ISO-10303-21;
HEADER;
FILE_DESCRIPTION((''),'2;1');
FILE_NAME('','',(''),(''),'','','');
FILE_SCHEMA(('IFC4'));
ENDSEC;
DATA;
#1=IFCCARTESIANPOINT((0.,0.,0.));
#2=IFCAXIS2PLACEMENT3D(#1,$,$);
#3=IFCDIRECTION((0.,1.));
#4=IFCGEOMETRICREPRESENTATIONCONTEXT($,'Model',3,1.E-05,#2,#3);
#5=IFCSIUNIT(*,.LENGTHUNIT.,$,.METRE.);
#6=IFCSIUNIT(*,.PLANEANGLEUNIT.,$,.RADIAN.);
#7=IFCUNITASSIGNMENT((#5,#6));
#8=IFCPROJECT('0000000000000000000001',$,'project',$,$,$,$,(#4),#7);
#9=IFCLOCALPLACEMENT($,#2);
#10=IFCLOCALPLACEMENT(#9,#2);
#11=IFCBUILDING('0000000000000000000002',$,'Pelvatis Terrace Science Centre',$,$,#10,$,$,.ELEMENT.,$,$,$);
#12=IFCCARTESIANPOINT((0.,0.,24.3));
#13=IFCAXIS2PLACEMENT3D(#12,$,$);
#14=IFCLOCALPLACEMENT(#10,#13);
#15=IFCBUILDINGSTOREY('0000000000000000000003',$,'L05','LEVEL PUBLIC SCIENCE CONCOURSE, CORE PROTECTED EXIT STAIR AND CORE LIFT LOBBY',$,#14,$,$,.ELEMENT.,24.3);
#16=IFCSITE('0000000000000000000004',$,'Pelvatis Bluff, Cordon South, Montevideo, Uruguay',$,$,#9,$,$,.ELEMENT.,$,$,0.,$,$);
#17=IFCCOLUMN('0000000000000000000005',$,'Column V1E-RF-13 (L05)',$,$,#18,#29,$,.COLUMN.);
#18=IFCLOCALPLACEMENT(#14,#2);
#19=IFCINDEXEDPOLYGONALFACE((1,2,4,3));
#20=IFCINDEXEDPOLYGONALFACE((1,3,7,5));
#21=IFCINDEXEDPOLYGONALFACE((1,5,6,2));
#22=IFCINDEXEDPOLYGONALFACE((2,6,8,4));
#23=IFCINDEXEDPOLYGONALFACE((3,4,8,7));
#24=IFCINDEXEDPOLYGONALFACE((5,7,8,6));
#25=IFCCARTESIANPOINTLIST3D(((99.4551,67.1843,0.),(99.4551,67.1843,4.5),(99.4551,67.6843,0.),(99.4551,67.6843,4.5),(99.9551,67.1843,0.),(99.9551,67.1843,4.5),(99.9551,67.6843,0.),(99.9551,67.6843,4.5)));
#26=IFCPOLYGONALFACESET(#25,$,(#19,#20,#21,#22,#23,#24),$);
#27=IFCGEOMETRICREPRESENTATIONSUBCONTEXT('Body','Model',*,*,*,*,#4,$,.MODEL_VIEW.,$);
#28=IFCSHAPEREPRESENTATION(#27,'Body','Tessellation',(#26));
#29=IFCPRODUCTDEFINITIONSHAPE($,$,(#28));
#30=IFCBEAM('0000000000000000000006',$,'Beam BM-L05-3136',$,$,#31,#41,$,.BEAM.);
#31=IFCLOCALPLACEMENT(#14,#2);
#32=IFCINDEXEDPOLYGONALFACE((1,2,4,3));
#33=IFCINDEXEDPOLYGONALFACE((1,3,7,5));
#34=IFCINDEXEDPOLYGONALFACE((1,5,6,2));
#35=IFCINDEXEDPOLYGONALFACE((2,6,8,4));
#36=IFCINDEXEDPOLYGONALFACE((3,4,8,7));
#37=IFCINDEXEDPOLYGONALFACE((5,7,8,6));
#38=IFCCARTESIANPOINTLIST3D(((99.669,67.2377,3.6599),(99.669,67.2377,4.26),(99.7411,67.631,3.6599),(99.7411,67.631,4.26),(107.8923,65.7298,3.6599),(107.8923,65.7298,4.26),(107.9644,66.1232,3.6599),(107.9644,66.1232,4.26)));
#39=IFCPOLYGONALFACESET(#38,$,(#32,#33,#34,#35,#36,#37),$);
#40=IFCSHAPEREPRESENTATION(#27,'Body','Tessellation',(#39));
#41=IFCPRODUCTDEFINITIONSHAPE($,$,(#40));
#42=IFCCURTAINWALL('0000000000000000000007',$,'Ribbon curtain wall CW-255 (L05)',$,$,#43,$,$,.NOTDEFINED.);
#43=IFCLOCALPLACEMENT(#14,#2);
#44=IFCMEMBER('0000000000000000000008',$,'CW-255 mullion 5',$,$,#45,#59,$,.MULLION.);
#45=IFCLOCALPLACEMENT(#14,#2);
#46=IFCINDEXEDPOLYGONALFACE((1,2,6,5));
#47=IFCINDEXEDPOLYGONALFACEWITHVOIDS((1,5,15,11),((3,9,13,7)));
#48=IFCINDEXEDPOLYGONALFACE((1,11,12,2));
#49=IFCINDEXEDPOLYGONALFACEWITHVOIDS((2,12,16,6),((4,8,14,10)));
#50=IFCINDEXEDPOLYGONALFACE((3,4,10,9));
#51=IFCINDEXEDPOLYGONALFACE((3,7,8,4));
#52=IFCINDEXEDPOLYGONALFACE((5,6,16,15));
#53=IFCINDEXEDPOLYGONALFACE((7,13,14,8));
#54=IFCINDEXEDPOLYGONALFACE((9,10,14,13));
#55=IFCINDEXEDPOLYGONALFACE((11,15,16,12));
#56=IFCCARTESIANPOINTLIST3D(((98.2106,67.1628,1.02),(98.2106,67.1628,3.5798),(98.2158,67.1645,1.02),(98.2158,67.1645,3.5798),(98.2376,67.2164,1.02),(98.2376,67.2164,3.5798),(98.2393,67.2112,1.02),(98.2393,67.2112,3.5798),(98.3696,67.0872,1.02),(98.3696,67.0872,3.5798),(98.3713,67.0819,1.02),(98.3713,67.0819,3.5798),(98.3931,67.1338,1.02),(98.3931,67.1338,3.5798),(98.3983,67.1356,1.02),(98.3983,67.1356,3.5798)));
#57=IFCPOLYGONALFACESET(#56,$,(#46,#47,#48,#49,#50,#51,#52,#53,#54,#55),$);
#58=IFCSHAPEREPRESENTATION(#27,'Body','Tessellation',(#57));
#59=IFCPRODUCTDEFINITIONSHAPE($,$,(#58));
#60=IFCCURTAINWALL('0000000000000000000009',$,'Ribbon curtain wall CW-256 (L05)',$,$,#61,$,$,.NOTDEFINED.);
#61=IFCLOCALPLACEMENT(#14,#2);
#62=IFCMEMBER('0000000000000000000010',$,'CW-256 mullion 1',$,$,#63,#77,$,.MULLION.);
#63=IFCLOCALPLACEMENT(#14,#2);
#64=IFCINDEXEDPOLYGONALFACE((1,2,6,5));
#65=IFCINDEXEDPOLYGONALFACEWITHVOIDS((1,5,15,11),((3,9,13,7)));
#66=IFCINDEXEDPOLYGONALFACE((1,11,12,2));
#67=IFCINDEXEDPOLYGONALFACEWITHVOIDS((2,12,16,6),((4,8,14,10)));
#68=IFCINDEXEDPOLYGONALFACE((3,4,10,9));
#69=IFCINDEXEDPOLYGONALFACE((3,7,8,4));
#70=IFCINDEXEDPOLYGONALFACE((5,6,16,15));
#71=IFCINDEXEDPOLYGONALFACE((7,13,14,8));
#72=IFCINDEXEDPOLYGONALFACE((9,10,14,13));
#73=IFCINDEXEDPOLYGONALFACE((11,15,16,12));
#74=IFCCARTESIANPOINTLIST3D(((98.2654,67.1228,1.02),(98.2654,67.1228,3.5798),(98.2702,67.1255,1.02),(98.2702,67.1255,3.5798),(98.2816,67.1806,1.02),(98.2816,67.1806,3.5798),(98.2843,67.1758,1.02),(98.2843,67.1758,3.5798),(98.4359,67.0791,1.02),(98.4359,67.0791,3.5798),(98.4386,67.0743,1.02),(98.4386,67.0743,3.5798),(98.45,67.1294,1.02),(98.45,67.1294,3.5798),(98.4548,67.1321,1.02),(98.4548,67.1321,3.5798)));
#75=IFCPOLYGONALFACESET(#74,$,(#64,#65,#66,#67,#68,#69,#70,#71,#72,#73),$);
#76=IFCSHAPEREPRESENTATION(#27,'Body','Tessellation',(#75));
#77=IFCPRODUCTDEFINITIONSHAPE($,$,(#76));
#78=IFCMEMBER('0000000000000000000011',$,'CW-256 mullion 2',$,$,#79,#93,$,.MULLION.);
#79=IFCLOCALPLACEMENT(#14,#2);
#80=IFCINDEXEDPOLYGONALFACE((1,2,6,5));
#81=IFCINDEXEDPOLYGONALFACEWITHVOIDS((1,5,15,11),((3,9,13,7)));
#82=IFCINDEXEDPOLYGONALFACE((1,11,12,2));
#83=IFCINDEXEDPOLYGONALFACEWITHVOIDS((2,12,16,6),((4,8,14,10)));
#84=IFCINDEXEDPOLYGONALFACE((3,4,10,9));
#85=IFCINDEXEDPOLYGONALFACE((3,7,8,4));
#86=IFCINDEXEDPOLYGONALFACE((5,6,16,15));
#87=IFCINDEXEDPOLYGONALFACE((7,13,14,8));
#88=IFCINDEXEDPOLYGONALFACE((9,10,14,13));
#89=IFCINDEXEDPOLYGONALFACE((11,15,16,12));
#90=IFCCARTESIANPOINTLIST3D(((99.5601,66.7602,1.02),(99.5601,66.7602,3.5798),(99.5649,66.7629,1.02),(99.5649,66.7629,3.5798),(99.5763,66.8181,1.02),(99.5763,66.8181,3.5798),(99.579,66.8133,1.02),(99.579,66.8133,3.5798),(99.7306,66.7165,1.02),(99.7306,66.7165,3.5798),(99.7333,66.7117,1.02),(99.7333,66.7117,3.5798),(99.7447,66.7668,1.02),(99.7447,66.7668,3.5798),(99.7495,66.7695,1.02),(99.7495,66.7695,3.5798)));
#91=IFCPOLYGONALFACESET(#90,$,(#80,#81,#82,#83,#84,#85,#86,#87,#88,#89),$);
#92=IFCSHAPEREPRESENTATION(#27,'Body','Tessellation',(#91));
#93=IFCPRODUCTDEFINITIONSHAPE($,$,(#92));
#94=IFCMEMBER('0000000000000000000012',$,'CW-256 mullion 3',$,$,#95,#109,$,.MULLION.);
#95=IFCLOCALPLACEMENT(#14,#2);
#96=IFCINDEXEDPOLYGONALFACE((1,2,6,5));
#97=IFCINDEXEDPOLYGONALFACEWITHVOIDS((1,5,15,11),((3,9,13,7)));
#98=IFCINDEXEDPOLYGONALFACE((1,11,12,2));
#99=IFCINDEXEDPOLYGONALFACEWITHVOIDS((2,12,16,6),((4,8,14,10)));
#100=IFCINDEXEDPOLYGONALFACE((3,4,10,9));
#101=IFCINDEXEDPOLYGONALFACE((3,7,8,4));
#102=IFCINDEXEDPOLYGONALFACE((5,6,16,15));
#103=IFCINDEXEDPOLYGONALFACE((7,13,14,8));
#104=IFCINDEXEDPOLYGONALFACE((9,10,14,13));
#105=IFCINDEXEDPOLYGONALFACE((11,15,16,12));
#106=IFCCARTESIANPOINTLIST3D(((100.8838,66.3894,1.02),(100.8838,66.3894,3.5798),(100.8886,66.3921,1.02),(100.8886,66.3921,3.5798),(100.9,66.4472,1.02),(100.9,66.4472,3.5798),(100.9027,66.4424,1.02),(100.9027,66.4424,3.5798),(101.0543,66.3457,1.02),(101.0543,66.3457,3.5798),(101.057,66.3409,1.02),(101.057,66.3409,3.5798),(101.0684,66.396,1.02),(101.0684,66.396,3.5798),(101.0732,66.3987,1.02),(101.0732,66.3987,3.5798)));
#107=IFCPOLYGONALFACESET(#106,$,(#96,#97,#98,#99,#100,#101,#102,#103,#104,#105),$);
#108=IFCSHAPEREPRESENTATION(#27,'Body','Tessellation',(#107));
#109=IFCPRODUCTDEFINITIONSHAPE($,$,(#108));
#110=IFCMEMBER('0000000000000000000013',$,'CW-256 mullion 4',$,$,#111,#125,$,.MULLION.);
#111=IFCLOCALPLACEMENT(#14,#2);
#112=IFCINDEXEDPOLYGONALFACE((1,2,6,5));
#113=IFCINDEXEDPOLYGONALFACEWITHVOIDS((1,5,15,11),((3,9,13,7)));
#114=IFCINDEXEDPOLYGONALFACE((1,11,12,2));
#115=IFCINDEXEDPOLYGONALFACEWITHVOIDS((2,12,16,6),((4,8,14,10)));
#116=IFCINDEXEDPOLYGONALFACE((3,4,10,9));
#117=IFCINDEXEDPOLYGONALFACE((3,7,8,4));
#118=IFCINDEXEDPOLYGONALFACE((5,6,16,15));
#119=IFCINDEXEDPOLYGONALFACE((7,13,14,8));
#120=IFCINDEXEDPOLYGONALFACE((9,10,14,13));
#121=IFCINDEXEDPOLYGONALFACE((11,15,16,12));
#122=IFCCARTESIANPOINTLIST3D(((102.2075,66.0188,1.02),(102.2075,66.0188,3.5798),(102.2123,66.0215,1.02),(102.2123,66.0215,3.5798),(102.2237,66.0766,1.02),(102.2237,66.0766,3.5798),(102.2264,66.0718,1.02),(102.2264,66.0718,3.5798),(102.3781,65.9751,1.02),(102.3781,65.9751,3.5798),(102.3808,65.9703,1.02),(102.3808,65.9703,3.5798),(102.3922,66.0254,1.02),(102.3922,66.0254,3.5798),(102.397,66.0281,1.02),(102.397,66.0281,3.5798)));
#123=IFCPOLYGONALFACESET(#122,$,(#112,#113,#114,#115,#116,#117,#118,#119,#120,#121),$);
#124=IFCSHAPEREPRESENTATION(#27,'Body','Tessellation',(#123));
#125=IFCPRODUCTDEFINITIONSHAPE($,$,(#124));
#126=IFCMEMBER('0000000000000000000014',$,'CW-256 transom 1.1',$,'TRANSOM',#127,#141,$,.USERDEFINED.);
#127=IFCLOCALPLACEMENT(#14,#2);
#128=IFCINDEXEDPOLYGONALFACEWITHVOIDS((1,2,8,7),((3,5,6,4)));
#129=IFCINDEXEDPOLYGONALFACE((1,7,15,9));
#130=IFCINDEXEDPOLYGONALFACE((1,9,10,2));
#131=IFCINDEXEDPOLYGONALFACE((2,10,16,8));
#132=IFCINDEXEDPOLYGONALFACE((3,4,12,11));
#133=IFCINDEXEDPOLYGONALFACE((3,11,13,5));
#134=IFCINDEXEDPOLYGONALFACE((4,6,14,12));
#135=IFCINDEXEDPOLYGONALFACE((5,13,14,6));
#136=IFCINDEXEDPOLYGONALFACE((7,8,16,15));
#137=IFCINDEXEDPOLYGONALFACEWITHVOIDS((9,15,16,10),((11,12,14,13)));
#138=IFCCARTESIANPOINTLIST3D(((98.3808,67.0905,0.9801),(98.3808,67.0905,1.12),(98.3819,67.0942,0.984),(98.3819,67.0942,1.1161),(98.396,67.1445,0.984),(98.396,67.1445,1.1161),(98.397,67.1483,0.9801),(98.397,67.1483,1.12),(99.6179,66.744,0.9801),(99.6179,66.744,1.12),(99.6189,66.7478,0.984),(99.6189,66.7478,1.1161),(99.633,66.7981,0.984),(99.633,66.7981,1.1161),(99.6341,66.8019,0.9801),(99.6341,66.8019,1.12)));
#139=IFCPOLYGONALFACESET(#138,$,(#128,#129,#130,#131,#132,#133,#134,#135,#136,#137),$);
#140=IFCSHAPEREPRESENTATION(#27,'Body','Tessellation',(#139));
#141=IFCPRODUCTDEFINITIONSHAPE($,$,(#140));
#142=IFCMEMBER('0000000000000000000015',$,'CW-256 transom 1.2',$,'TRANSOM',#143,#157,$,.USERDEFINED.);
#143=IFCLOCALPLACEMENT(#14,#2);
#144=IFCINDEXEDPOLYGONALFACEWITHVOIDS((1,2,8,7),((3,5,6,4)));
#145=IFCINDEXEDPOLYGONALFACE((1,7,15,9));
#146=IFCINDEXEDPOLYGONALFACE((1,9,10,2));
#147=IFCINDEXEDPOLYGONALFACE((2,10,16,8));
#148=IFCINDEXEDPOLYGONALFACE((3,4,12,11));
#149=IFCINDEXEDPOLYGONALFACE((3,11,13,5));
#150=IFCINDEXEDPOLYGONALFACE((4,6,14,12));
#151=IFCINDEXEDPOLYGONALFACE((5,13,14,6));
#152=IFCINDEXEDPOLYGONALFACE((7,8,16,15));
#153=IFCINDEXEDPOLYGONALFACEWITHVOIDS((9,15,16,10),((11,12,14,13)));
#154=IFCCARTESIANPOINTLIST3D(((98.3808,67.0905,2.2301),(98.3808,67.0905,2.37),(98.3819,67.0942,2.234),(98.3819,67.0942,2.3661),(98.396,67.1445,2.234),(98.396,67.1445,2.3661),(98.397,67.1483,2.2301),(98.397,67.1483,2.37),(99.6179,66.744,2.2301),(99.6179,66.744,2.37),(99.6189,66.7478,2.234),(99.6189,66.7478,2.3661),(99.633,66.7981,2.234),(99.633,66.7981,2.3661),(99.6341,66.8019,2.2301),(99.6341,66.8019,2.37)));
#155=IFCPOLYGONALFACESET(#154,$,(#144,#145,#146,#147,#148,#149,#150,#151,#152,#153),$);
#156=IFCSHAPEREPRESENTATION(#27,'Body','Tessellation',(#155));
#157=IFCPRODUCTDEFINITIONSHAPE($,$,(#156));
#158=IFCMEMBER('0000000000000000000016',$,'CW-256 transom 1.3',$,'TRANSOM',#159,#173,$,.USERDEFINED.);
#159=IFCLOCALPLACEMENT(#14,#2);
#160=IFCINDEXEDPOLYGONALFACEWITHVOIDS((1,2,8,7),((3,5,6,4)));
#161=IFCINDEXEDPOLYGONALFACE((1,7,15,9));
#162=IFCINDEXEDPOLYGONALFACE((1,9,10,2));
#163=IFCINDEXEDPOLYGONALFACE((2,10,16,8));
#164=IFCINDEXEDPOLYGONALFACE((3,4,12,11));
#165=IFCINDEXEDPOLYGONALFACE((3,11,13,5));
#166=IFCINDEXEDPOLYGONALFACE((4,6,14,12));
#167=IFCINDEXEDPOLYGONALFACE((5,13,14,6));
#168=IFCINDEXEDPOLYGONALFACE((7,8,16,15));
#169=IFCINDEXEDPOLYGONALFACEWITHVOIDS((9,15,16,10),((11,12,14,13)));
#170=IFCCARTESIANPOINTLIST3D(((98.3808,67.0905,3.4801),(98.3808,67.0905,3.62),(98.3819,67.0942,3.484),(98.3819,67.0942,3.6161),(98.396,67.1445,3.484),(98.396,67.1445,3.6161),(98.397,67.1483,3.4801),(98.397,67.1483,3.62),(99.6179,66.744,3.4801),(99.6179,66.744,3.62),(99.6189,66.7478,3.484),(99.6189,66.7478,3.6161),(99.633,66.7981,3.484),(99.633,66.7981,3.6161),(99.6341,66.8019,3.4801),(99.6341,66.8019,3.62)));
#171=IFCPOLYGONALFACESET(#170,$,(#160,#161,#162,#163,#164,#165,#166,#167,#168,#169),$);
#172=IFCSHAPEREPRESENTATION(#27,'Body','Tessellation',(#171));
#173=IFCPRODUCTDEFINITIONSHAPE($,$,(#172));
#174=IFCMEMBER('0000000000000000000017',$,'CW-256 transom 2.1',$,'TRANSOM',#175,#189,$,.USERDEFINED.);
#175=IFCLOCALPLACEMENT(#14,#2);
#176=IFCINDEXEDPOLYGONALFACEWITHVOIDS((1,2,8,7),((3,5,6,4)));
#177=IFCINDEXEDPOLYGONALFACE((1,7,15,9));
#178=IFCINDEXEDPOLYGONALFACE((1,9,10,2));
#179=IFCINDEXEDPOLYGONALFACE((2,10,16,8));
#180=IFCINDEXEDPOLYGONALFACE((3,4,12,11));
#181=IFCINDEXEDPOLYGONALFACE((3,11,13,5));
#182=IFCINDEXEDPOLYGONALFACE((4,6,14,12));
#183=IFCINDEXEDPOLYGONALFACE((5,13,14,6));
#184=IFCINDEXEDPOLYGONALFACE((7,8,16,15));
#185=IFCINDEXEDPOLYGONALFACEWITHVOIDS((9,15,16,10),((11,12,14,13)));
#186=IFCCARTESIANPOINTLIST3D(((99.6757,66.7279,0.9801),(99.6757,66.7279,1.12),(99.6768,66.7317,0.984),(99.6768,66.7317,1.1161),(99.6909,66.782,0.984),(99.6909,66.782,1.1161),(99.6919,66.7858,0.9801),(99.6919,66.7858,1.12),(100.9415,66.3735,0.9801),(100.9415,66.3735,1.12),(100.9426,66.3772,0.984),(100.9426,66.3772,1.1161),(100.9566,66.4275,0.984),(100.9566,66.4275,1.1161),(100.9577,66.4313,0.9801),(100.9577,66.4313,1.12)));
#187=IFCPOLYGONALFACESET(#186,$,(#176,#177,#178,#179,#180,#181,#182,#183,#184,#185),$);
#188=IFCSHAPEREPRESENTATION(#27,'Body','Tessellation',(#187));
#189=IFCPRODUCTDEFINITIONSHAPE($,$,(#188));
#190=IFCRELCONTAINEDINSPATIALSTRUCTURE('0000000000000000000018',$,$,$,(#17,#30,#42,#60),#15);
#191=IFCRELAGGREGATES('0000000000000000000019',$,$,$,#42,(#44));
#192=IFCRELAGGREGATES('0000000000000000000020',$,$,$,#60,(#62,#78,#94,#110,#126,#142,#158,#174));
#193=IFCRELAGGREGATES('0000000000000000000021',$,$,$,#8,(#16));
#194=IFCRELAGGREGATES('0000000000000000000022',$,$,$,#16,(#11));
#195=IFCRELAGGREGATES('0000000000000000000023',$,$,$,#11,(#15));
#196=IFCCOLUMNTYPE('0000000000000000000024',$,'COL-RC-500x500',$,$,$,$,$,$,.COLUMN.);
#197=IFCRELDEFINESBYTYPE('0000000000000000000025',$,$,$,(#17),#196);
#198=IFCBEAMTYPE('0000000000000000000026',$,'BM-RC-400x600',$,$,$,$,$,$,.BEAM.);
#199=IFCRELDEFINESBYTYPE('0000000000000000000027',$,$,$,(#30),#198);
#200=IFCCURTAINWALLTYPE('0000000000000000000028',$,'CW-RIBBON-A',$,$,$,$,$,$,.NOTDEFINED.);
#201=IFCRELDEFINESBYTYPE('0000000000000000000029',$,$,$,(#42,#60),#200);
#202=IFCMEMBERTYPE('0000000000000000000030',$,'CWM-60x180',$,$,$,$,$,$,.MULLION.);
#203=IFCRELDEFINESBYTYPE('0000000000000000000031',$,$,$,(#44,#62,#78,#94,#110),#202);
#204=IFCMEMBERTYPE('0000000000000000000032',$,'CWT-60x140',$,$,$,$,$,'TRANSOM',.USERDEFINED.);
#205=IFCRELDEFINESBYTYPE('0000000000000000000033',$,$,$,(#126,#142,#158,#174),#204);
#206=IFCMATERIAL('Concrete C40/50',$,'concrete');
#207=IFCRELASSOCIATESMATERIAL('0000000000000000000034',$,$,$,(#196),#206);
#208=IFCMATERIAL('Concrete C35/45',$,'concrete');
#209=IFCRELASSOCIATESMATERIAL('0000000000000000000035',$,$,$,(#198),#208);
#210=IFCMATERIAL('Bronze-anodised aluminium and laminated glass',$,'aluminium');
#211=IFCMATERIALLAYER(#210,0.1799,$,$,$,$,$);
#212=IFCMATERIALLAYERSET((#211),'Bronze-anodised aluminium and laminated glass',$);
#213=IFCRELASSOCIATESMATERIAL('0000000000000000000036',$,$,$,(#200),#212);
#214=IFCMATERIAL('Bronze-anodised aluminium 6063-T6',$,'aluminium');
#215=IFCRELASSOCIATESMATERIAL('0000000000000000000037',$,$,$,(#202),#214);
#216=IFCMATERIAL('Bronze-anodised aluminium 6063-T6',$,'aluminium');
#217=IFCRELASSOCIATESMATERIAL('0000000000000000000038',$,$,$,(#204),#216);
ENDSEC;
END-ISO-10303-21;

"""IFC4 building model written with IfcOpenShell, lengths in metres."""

from ifc_helpers import new_model, si_unit, direction, frame, origin, origin_2d, place, context, subcontext, project, spatial, rectangle, hollow_rectangle, extrude, material, layer, layer_set, material_profile, profile_set, type_object, element, aggregate, save


model = new_model("IFC4")

# Units and contexts
model_context = context("Model", 3, precision=1e-05, world=origin(), true_north=direction((0.0, 1.0)))
body_context = subcontext(model_context, "Body", "Model", "MODEL_VIEW")
ifc_project = project(units=[si_unit("LENGTHUNIT", "METRE"), si_unit("PLANEANGLEUNIT", "RADIAN")], contexts=[model_context])

# Site, building, storey
site_placement = place(None, origin())
site = spatial("IfcSite", under=ifc_project, at=site_placement, Name="Pelvatis Bluff, Cordon South, Montevideo, Uruguay", CompositionType="ELEMENT", RefElevation=0.0)
building_placement = place(site_placement, origin())
building = spatial("IfcBuilding", under=site, at=building_placement, Name="Pelvatis Terrace Science Centre", CompositionType="ELEMENT")
storey_placement = place(building_placement, frame((0.0, 0.0, 24.3)))
storey = spatial("IfcBuildingStorey", under=building, at=storey_placement, Name="L05", Description="LEVEL PUBLIC SCIENCE CONCOURSE, CORE PROTECTED EXIT STAIR AND CORE LIFT LOBBY", CompositionType="ELEMENT", Elevation=24.3)

# Column
ifc_material_1 = material(Name="Concrete C40/50", Category="concrete")
ifc_material_profile_1 = material_profile(ifc_material_1, rectangle(XDim=0.5, YDim=0.5, at=origin_2d()), Name="RC-COL 500x500")
ifc_profile_set_1 = profile_set([ifc_material_profile_1], Name="Concrete C40/50")
column_type = type_object("IfcColumnType", Name="COL-RC-500x500", PredefinedType="COLUMN", material=ifc_profile_set_1)
column_placement = place(storey_placement, frame((99.7051, 67.4343, 0.0), z_axis=(0.0, 0.0, 1.0), x_axis=(1.0, 0.0, 0.0)))
element("IfcColumn", 1, at=column_placement, inside=storey, type_object=column_type, Name="Column V1E-RF-13 (L05)", PredefinedType="COLUMN", context=body_context, shape_type="SweptSolid", body=[
    extrude(rectangle(XDim=0.5, YDim=0.5, at=origin_2d()), origin(), (0.0, 0.0, 1.0), 4.5),
])

# Beam
ifc_material_2 = material(Name="Concrete C35/45", Category="concrete")
ifc_material_profile_2 = material_profile(ifc_material_2, rectangle(XDim=0.3999, YDim=0.6001, at=origin_2d()), Name="RC-BM 400x600")
ifc_profile_set_2 = profile_set([ifc_material_profile_2], Name="Concrete C35/45")
beam_type = type_object("IfcBeamType", Name="BM-RC-400x600", PredefinedType="BEAM", material=ifc_profile_set_2)
beam_placement = place(storey_placement, frame((99.7051, 67.4343, 3.96), z_axis=(0.983602, -0.180355, 0.0), x_axis=(0.180355, 0.983602, 0.0)))
element("IfcBeam", 2, at=beam_placement, inside=storey, type_object=beam_type, Name="Beam BM-L05-3136", PredefinedType="BEAM", context=body_context, shape_type="SweptSolid", body=[
    extrude(rectangle(XDim=0.3999, YDim=0.6001, at=origin_2d()), origin(), (0.0, 0.0, 1.0), 8.3604),
])

# Curtain wall, member
ifc_material_3 = material(Name="Bronze-anodised aluminium and laminated glass", Category="aluminium")
ifc_layer_1 = layer(ifc_material_3, 0.1799)
ifc_layer_set_1 = layer_set([ifc_layer_1], Name="Bronze-anodised aluminium and laminated glass")
curtain_wall_type = type_object("IfcCurtainWallType", Name="CW-RIBBON-A", PredefinedType="NOTDEFINED", material=ifc_layer_set_1)
curtain_wall_1_placement = place(storey_placement, origin())
curtain_wall_1 = element("IfcCurtainWall", 3, at=curtain_wall_1_placement, inside=storey, type_object=curtain_wall_type, Name="Ribbon curtain wall CW-255 (L05)", PredefinedType="NOTDEFINED")
ifc_material_4 = material(Name="Bronze-anodised aluminium 6063-T6", Category="aluminium")
ifc_material_profile_3 = material_profile(ifc_material_4, hollow_rectangle(XDim=0.0601, YDim=0.1799, WallThickness=0.0039, at=origin_2d()), Name="ALU-MUL 60x180")
ifc_profile_set_3 = profile_set([ifc_material_profile_3], Name="Bronze-anodised aluminium 6063-T6")
member_type_1 = type_object("IfcMemberType", Name="CWM-60x180", PredefinedType="MULLION", material=ifc_profile_set_3)
member_1_placement = place(storey_placement, frame((98.3044, 67.1492, 1.02), z_axis=(0.0, 0.0, 1.0), x_axis=(0.449304, 0.893379, 0.0)))
member_1 = element("IfcMember", 4, at=member_1_placement, type_object=member_type_1, Name="CW-255 mullion 5", PredefinedType="MULLION", context=body_context, shape_type="SweptSolid", body=[
    extrude(hollow_rectangle(XDim=0.0601, YDim=0.1799, WallThickness=0.0039, at=origin_2d()), origin(), (0.0, 0.0, 1.0), 2.5598),
])
aggregate(curtain_wall_1, [member_1])

# Curtain wall, members
curtain_wall_2_placement = place(storey_placement, origin())
curtain_wall_2 = element("IfcCurtainWall", 5, at=curtain_wall_2_placement, inside=storey, type_object=curtain_wall_type, Name="Ribbon curtain wall CW-256 (L05)", PredefinedType="NOTDEFINED")
member_2_placement = place(storey_placement, frame((98.3601, 67.1274, 1.02), z_axis=(0.0, 0.0, 1.0), x_axis=(0.269695, 0.962946, 0.0)))
member_2 = element("IfcMember", 6, at=member_2_placement, type_object=member_type_1, Name="CW-256 mullion 1", PredefinedType="MULLION", context=body_context, shape_type="SweptSolid", body=[
    extrude(hollow_rectangle(XDim=0.0601, YDim=0.1799, WallThickness=0.0039, at=origin_2d()), origin(), (0.0, 0.0, 1.0), 2.5598),
])
member_3_placement = place(storey_placement, frame((99.6548, 66.7649, 1.02), z_axis=(0.0, 0.0, 1.0), x_axis=(0.269695, 0.962946, 0.0)))
member_3 = element("IfcMember", 7, at=member_3_placement, type_object=member_type_1, Name="CW-256 mullion 2", PredefinedType="MULLION", context=body_context, shape_type="SweptSolid", body=[
    extrude(hollow_rectangle(XDim=0.0601, YDim=0.1799, WallThickness=0.0039, at=origin_2d()), origin(), (0.0, 0.0, 1.0), 2.5598),
])
member_4_placement = place(storey_placement, frame((100.9785, 66.394, 1.02), z_axis=(0.0, 0.0, 1.0), x_axis=(0.269695, 0.962946, 0.0)))
member_4 = element("IfcMember", 8, at=member_4_placement, type_object=member_type_1, Name="CW-256 mullion 3", PredefinedType="MULLION", context=body_context, shape_type="SweptSolid", body=[
    extrude(hollow_rectangle(XDim=0.0601, YDim=0.1799, WallThickness=0.0039, at=origin_2d()), origin(), (0.0, 0.0, 1.0), 2.5598),
])
member_5_placement = place(storey_placement, frame((102.3022, 66.0234, 1.02), z_axis=(0.0, 0.0, 1.0), x_axis=(0.269695, 0.962946, 0.0)))
member_5 = element("IfcMember", 9, at=member_5_placement, type_object=member_type_1, Name="CW-256 mullion 4", PredefinedType="MULLION", context=body_context, shape_type="SweptSolid", body=[
    extrude(hollow_rectangle(XDim=0.0601, YDim=0.1799, WallThickness=0.0039, at=origin_2d()), origin(), (0.0, 0.0, 1.0), 2.5598),
])
ifc_material_5 = material(Name="Bronze-anodised aluminium 6063-T6", Category="aluminium")
ifc_material_profile_4 = material_profile(ifc_material_5, hollow_rectangle(XDim=0.0601, YDim=0.1399, WallThickness=0.0039, at=origin_2d()), Name="ALU-TRN 60x140")
ifc_profile_set_4 = profile_set([ifc_material_profile_4], Name="Bronze-anodised aluminium 6063-T6")
member_type_2 = type_object("IfcMemberType", Name="CWT-60x140", ElementType="TRANSOM", PredefinedType="USERDEFINED", material=ifc_profile_set_4)
member_6_placement = place(storey_placement, frame((98.3889, 67.1194, 1.05), z_axis=(0.962952, -0.269672, 0.0), x_axis=(0.269672, 0.962952, 0.0)))
member_6 = element("IfcMember", 10, at=member_6_placement, type_object=member_type_2, Name="CW-256 transom 1.1", ObjectType="TRANSOM", PredefinedType="USERDEFINED", context=body_context, shape_type="SweptSolid", body=[
    extrude(hollow_rectangle(XDim=0.0601, YDim=0.1399, WallThickness=0.0039, at=origin_2d()), origin(), (0.0, 0.0, 1.0), 1.2847),
])
member_7_placement = place(storey_placement, frame((98.3889, 67.1194, 2.3), z_axis=(0.962952, -0.269672, 0.0), x_axis=(0.269672, 0.962952, 0.0)))
member_7 = element("IfcMember", 11, at=member_7_placement, type_object=member_type_2, Name="CW-256 transom 1.2", ObjectType="TRANSOM", PredefinedType="USERDEFINED", context=body_context, shape_type="SweptSolid", body=[
    extrude(hollow_rectangle(XDim=0.0601, YDim=0.1399, WallThickness=0.0039, at=origin_2d()), origin(), (0.0, 0.0, 1.0), 1.2847),
])
member_8_placement = place(storey_placement, frame((98.3889, 67.1194, 3.55), z_axis=(0.962952, -0.269672, 0.0), x_axis=(0.269672, 0.962952, 0.0)))
member_8 = element("IfcMember", 12, at=member_8_placement, type_object=member_type_2, Name="CW-256 transom 1.3", ObjectType="TRANSOM", PredefinedType="USERDEFINED", context=body_context, shape_type="SweptSolid", body=[
    extrude(hollow_rectangle(XDim=0.0601, YDim=0.1399, WallThickness=0.0039, at=origin_2d()), origin(), (0.0, 0.0, 1.0), 1.2847),
])
member_9_placement = place(storey_placement, frame((99.6838, 66.7568, 1.05), z_axis=(0.962954, -0.269664, 0.0), x_axis=(0.269664, 0.962954, 0.0)))
member_9 = element("IfcMember", 13, at=member_9_placement, type_object=member_type_2, Name="CW-256 transom 2.1", ObjectType="TRANSOM", PredefinedType="USERDEFINED", context=body_context, shape_type="SweptSolid", body=[
    extrude(hollow_rectangle(XDim=0.0601, YDim=0.1399, WallThickness=0.0039, at=origin_2d()), origin(), (0.0, 0.0, 1.0), 1.3145),
])
aggregate(curtain_wall_2, [member_2, member_3, member_4, member_5, member_6, member_7, member_8, member_9])

save(model, "model.ifc")
